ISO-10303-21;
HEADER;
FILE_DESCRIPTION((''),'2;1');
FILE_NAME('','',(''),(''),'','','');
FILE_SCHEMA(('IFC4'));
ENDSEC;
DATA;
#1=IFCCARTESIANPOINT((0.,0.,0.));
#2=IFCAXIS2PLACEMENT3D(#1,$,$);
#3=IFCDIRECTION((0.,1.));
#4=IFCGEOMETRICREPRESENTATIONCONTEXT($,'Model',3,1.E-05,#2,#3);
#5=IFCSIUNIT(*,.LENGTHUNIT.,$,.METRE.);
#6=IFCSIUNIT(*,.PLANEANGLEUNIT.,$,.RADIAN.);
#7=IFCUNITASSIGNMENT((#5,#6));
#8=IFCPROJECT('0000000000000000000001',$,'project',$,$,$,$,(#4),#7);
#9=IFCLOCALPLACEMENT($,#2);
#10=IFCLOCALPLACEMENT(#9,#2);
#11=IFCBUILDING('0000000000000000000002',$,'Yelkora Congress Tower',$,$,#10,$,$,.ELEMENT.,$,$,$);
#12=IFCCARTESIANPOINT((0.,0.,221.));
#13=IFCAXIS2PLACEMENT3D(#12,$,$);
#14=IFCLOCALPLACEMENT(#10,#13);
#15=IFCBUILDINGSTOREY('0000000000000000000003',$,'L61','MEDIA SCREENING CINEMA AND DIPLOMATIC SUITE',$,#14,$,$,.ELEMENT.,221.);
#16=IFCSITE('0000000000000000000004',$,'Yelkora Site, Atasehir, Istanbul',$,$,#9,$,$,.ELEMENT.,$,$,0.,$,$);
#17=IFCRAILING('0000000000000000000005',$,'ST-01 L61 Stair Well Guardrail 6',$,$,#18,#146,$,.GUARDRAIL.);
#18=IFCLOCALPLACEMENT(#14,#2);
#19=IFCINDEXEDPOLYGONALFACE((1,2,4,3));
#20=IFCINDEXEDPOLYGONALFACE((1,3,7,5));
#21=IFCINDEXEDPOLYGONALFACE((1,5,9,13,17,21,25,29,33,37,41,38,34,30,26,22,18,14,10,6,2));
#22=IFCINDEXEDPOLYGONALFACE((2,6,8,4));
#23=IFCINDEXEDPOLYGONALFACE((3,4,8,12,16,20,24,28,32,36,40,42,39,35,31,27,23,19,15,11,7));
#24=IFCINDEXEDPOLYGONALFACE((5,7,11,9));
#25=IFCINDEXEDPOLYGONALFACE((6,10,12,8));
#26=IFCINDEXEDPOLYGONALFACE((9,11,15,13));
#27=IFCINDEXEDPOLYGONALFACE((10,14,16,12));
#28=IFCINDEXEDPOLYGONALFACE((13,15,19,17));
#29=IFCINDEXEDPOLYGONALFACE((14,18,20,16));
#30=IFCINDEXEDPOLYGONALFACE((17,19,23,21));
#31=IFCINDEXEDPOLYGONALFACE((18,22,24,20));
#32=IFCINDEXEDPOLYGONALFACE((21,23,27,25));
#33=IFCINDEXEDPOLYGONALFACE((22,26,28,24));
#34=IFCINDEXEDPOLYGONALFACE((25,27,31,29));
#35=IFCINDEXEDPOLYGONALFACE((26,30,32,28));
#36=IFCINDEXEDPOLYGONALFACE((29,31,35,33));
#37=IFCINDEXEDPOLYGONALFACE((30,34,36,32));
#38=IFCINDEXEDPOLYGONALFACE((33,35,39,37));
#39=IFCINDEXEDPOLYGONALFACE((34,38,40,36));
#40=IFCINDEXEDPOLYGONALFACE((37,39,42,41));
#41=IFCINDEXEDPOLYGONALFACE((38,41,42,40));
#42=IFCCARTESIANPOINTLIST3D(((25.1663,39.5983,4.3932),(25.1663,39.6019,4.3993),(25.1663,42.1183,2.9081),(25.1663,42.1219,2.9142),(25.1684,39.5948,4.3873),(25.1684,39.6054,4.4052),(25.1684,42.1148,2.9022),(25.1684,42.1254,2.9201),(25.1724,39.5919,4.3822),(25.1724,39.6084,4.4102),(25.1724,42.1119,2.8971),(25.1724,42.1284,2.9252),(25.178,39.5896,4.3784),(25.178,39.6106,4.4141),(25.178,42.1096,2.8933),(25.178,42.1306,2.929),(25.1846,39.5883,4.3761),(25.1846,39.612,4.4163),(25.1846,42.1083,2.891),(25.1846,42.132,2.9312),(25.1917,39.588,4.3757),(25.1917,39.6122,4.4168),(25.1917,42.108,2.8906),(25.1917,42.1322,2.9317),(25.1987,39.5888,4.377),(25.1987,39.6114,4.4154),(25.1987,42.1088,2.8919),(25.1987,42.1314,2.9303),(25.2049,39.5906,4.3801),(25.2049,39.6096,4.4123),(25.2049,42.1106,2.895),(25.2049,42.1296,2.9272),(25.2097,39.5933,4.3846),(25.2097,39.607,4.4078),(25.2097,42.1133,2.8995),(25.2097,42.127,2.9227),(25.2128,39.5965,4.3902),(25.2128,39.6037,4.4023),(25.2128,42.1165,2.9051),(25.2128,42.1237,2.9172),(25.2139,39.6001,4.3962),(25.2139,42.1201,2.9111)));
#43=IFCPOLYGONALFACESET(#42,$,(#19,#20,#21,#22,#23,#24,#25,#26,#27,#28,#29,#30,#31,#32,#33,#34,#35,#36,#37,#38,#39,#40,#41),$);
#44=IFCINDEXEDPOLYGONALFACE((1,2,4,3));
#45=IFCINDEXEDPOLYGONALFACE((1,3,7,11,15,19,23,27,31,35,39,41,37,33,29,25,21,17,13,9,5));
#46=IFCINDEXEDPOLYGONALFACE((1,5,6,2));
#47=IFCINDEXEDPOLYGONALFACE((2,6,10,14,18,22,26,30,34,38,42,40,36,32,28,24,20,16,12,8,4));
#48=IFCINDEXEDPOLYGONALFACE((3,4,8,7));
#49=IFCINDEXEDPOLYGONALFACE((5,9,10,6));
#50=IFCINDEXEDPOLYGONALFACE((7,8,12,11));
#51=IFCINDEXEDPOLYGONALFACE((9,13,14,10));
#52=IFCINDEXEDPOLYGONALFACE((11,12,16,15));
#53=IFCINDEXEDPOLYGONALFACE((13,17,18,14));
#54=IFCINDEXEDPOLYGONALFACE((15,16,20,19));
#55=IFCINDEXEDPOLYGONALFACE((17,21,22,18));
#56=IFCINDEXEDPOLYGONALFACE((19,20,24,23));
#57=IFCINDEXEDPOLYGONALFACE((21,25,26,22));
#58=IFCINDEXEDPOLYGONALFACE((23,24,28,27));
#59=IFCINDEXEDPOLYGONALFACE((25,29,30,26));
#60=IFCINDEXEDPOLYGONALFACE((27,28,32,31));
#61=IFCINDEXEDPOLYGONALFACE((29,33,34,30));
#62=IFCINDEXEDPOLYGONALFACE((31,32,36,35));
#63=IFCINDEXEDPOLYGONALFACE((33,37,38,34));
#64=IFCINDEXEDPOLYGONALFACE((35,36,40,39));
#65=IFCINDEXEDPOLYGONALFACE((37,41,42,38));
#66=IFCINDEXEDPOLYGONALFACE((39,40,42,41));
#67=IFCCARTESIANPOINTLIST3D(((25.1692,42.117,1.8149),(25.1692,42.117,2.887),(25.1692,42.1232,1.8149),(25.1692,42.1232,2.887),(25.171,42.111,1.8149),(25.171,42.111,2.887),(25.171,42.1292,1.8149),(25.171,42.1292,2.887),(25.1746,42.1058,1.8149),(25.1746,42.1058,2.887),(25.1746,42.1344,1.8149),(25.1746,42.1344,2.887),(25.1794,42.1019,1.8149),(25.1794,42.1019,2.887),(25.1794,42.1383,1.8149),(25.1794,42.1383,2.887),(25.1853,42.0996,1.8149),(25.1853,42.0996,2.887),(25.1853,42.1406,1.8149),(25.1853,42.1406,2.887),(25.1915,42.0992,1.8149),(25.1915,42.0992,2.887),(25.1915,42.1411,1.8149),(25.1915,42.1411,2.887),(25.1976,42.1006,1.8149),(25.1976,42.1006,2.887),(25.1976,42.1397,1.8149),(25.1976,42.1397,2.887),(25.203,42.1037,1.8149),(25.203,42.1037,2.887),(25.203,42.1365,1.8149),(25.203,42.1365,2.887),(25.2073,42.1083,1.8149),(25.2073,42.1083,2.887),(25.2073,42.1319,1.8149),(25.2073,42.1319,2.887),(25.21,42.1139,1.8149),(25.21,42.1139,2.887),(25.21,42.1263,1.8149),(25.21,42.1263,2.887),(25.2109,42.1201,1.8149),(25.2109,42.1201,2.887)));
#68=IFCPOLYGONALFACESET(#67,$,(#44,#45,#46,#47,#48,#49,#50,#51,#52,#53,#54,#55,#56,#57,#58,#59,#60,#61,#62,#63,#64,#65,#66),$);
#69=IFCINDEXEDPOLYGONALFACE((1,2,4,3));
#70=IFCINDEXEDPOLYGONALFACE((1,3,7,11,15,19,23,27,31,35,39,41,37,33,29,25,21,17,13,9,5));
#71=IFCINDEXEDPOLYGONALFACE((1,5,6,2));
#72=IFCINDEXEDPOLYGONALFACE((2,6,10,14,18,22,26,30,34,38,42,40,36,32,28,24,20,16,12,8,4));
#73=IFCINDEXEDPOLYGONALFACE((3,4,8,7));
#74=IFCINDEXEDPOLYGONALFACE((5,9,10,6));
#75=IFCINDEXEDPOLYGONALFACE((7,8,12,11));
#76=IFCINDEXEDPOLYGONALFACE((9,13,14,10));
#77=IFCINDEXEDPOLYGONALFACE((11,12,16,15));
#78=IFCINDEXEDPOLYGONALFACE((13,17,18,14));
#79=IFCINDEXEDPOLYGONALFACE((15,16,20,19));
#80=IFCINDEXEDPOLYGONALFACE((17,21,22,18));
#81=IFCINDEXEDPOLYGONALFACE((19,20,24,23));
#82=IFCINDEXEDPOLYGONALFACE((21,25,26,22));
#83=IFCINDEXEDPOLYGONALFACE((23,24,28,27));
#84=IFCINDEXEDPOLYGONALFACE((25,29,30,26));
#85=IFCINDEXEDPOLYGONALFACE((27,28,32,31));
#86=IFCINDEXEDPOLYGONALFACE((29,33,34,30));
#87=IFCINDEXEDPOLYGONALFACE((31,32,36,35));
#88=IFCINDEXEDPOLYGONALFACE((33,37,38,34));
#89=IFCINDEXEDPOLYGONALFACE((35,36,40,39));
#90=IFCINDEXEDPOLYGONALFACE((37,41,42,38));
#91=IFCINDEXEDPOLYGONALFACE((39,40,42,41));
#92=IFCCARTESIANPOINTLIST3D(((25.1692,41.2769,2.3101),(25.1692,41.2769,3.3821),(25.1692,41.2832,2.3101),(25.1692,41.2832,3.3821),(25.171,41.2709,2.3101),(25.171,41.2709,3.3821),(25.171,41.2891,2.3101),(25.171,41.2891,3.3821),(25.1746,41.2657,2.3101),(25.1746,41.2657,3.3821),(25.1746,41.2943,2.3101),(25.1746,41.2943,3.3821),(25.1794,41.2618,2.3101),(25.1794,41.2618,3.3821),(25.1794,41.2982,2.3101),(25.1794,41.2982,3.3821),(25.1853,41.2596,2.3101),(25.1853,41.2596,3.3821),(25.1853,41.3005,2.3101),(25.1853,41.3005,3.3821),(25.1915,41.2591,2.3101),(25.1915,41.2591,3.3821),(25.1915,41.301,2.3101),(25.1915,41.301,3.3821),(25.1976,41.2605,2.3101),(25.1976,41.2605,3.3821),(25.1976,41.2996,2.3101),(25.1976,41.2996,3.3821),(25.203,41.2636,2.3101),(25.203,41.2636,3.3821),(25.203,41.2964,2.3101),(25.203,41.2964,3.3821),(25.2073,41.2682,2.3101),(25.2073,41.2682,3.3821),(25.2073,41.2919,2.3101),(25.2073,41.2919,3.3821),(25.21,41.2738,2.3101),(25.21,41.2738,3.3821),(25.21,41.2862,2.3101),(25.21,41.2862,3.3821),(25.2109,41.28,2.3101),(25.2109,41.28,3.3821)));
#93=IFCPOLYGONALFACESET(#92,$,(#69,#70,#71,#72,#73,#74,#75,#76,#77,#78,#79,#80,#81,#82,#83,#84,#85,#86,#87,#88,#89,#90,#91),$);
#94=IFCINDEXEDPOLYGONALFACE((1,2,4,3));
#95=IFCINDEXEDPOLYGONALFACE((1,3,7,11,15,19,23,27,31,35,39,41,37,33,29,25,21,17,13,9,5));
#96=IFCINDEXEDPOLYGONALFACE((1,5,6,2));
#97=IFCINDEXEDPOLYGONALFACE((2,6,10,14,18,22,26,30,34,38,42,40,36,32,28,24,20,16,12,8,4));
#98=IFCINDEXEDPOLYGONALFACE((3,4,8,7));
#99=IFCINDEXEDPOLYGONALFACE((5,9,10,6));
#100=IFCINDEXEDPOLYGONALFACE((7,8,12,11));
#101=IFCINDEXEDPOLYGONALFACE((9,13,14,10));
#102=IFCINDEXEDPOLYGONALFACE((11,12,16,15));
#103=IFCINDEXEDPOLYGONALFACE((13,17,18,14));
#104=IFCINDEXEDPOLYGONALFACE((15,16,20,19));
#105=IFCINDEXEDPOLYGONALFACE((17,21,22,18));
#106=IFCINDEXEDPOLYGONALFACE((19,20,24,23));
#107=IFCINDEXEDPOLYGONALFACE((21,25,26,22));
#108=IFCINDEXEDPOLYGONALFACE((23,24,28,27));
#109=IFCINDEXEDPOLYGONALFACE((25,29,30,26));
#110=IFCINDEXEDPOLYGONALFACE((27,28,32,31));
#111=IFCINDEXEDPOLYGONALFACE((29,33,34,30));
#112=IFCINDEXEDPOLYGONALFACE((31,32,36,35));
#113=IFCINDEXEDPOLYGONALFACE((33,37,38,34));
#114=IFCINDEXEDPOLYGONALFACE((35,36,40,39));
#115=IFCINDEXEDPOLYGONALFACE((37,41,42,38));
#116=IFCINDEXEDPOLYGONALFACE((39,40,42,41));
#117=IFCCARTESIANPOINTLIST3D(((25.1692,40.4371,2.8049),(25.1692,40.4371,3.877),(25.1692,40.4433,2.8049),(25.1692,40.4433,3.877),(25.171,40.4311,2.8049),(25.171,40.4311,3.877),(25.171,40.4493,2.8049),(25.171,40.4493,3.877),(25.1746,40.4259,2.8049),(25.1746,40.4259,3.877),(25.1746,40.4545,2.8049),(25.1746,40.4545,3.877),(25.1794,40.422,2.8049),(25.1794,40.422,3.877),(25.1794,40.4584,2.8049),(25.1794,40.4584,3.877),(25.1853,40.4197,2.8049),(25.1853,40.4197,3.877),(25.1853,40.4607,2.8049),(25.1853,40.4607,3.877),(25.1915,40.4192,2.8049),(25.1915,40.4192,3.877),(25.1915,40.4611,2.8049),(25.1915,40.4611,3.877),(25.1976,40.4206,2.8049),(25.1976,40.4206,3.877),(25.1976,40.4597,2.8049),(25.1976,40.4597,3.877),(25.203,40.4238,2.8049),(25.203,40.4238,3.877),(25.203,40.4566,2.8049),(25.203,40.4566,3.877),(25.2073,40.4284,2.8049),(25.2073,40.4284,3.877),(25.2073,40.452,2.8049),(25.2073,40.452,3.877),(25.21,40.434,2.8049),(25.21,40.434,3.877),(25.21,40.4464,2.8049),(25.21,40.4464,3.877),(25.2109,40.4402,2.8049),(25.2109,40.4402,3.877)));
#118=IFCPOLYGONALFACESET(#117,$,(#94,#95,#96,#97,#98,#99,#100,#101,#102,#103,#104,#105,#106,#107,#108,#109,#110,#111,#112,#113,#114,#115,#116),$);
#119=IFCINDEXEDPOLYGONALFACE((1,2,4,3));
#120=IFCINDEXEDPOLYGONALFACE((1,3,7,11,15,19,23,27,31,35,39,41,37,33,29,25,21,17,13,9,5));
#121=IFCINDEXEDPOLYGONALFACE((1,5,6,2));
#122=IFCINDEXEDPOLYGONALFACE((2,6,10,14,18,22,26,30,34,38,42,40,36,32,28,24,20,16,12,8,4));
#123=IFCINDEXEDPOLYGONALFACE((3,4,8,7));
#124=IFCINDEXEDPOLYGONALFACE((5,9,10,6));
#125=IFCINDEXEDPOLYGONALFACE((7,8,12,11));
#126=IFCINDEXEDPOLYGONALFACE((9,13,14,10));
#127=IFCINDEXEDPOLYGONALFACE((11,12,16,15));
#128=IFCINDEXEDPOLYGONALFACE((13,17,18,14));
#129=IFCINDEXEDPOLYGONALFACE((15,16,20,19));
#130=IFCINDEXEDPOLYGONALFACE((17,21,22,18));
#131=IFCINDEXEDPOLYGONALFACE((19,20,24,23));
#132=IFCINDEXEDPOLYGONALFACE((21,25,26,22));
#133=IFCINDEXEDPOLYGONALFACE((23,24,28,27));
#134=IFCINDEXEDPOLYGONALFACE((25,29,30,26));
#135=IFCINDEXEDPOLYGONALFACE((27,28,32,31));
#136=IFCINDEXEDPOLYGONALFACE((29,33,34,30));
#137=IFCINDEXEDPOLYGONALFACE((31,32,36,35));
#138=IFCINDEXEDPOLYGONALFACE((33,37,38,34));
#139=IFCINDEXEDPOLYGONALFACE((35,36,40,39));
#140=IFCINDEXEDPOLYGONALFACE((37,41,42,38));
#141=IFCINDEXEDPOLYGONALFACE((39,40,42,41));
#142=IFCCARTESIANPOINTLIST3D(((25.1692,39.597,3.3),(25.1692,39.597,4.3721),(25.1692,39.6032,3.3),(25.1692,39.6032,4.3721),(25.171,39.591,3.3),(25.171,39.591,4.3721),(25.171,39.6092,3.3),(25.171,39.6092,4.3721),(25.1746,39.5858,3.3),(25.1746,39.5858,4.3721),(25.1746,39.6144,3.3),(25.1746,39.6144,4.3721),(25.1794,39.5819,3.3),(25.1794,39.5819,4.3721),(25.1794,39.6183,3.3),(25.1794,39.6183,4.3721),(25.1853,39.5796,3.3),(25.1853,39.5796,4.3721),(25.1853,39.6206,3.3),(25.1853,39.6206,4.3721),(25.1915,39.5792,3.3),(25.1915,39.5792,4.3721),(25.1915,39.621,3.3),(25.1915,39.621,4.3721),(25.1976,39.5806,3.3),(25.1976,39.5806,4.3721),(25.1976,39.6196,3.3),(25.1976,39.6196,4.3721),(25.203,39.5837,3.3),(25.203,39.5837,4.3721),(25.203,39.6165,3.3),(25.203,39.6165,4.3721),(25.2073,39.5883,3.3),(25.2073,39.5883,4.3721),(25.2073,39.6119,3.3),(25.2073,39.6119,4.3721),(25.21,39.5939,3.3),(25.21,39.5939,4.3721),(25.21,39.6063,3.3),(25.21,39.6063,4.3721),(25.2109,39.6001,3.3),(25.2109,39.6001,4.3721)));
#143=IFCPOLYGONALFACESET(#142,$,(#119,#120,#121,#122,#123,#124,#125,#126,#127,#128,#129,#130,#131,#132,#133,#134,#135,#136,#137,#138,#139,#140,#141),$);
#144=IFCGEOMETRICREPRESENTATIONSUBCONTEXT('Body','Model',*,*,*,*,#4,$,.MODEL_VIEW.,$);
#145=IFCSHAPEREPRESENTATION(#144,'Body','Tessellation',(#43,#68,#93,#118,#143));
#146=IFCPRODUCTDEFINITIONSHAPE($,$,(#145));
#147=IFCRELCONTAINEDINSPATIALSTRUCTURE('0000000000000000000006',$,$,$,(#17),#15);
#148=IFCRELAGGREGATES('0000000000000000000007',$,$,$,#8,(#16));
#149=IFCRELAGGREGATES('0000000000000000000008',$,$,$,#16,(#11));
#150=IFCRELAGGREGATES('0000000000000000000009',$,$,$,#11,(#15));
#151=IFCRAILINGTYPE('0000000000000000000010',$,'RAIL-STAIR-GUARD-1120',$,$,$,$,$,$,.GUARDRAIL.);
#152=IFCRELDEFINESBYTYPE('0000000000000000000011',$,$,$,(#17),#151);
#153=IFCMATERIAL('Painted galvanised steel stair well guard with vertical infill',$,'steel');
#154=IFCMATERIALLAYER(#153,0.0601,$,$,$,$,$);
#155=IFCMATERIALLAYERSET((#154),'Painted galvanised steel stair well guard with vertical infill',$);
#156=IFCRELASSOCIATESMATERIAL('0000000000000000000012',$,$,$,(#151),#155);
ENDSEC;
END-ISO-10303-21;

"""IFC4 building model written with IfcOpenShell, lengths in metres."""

from ifc_helpers import new_model, si_unit, direction, frame, origin, origin_2d, place, context, subcontext, project, spatial, circle, extrude, material, layer, layer_set, type_object, element, save


model = new_model("IFC4")

# Units and contexts
model_context = context("Model", 3, precision=1e-05, world=origin(), true_north=direction((0.0, 1.0)))
body_context = subcontext(model_context, "Body", "Model", "MODEL_VIEW")
ifc_project = project(units=[si_unit("LENGTHUNIT", "METRE"), si_unit("PLANEANGLEUNIT", "RADIAN")], contexts=[model_context])

# Site, building, storey
site_placement = place(None, origin())
site = spatial("IfcSite", under=ifc_project, at=site_placement, Name="Yelkora Site, Atasehir, Istanbul", CompositionType="ELEMENT", RefElevation=0.0)
building_placement = place(site_placement, origin())
building = spatial("IfcBuilding", under=site, at=building_placement, Name="Yelkora Congress Tower", CompositionType="ELEMENT")
storey_placement = place(building_placement, frame((0.0, 0.0, 221.0)))
storey = spatial("IfcBuildingStorey", under=building, at=storey_placement, Name="L61", Description="MEDIA SCREENING CINEMA AND DIPLOMATIC SUITE", CompositionType="ELEMENT", Elevation=221.0)

# Railing
ifc_material_1 = material(Name="Painted galvanised steel stair well guard with vertical infill", Category="steel")
ifc_layer_1 = layer(ifc_material_1, 0.0601)
ifc_layer_set_1 = layer_set([ifc_layer_1], Name="Painted galvanised steel stair well guard with vertical infill")
railing_type = type_object("IfcRailingType", Name="RAIL-STAIR-GUARD-1120", PredefinedType="GUARDRAIL", material=ifc_layer_set_1)
railing_1_placement = place(storey_placement, frame((25.1899, 42.1201, 1.8149)))
element("IfcRailing", 1, at=railing_1_placement, inside=storey, type_object=railing_type, Name="ST-01 L61 Stair Well Guardrail 6", PredefinedType="GUARDRAIL", context=body_context, shape_type="SweptSolid", body=[
    extrude(circle(Radius=0.0239, at=origin_2d()), frame((0.0, 0.0, 1.0962), z_axis=(0.0, -0.861524, 0.507717), x_axis=(1.0, 0.0, 0.0)), (0.0, 0.0, 1.0), 2.925),
    extrude(circle(Radius=0.021, at=origin_2d()), origin(), (0.0, 0.0, 1.0), 1.072),
    extrude(circle(Radius=0.021, at=origin_2d()), frame((0.0, -0.8401, 0.4951)), (0.0, 0.0, 1.0), 1.072),
    extrude(circle(Radius=0.021, at=origin_2d()), frame((0.0, -1.6799, 0.99)), (0.0, 0.0, 1.0), 1.072),
    extrude(circle(Radius=0.021, at=origin_2d()), frame((0.0, -2.52, 1.4851)), (0.0, 0.0, 1.0), 1.072),
])

save(model, "model.ifc")
